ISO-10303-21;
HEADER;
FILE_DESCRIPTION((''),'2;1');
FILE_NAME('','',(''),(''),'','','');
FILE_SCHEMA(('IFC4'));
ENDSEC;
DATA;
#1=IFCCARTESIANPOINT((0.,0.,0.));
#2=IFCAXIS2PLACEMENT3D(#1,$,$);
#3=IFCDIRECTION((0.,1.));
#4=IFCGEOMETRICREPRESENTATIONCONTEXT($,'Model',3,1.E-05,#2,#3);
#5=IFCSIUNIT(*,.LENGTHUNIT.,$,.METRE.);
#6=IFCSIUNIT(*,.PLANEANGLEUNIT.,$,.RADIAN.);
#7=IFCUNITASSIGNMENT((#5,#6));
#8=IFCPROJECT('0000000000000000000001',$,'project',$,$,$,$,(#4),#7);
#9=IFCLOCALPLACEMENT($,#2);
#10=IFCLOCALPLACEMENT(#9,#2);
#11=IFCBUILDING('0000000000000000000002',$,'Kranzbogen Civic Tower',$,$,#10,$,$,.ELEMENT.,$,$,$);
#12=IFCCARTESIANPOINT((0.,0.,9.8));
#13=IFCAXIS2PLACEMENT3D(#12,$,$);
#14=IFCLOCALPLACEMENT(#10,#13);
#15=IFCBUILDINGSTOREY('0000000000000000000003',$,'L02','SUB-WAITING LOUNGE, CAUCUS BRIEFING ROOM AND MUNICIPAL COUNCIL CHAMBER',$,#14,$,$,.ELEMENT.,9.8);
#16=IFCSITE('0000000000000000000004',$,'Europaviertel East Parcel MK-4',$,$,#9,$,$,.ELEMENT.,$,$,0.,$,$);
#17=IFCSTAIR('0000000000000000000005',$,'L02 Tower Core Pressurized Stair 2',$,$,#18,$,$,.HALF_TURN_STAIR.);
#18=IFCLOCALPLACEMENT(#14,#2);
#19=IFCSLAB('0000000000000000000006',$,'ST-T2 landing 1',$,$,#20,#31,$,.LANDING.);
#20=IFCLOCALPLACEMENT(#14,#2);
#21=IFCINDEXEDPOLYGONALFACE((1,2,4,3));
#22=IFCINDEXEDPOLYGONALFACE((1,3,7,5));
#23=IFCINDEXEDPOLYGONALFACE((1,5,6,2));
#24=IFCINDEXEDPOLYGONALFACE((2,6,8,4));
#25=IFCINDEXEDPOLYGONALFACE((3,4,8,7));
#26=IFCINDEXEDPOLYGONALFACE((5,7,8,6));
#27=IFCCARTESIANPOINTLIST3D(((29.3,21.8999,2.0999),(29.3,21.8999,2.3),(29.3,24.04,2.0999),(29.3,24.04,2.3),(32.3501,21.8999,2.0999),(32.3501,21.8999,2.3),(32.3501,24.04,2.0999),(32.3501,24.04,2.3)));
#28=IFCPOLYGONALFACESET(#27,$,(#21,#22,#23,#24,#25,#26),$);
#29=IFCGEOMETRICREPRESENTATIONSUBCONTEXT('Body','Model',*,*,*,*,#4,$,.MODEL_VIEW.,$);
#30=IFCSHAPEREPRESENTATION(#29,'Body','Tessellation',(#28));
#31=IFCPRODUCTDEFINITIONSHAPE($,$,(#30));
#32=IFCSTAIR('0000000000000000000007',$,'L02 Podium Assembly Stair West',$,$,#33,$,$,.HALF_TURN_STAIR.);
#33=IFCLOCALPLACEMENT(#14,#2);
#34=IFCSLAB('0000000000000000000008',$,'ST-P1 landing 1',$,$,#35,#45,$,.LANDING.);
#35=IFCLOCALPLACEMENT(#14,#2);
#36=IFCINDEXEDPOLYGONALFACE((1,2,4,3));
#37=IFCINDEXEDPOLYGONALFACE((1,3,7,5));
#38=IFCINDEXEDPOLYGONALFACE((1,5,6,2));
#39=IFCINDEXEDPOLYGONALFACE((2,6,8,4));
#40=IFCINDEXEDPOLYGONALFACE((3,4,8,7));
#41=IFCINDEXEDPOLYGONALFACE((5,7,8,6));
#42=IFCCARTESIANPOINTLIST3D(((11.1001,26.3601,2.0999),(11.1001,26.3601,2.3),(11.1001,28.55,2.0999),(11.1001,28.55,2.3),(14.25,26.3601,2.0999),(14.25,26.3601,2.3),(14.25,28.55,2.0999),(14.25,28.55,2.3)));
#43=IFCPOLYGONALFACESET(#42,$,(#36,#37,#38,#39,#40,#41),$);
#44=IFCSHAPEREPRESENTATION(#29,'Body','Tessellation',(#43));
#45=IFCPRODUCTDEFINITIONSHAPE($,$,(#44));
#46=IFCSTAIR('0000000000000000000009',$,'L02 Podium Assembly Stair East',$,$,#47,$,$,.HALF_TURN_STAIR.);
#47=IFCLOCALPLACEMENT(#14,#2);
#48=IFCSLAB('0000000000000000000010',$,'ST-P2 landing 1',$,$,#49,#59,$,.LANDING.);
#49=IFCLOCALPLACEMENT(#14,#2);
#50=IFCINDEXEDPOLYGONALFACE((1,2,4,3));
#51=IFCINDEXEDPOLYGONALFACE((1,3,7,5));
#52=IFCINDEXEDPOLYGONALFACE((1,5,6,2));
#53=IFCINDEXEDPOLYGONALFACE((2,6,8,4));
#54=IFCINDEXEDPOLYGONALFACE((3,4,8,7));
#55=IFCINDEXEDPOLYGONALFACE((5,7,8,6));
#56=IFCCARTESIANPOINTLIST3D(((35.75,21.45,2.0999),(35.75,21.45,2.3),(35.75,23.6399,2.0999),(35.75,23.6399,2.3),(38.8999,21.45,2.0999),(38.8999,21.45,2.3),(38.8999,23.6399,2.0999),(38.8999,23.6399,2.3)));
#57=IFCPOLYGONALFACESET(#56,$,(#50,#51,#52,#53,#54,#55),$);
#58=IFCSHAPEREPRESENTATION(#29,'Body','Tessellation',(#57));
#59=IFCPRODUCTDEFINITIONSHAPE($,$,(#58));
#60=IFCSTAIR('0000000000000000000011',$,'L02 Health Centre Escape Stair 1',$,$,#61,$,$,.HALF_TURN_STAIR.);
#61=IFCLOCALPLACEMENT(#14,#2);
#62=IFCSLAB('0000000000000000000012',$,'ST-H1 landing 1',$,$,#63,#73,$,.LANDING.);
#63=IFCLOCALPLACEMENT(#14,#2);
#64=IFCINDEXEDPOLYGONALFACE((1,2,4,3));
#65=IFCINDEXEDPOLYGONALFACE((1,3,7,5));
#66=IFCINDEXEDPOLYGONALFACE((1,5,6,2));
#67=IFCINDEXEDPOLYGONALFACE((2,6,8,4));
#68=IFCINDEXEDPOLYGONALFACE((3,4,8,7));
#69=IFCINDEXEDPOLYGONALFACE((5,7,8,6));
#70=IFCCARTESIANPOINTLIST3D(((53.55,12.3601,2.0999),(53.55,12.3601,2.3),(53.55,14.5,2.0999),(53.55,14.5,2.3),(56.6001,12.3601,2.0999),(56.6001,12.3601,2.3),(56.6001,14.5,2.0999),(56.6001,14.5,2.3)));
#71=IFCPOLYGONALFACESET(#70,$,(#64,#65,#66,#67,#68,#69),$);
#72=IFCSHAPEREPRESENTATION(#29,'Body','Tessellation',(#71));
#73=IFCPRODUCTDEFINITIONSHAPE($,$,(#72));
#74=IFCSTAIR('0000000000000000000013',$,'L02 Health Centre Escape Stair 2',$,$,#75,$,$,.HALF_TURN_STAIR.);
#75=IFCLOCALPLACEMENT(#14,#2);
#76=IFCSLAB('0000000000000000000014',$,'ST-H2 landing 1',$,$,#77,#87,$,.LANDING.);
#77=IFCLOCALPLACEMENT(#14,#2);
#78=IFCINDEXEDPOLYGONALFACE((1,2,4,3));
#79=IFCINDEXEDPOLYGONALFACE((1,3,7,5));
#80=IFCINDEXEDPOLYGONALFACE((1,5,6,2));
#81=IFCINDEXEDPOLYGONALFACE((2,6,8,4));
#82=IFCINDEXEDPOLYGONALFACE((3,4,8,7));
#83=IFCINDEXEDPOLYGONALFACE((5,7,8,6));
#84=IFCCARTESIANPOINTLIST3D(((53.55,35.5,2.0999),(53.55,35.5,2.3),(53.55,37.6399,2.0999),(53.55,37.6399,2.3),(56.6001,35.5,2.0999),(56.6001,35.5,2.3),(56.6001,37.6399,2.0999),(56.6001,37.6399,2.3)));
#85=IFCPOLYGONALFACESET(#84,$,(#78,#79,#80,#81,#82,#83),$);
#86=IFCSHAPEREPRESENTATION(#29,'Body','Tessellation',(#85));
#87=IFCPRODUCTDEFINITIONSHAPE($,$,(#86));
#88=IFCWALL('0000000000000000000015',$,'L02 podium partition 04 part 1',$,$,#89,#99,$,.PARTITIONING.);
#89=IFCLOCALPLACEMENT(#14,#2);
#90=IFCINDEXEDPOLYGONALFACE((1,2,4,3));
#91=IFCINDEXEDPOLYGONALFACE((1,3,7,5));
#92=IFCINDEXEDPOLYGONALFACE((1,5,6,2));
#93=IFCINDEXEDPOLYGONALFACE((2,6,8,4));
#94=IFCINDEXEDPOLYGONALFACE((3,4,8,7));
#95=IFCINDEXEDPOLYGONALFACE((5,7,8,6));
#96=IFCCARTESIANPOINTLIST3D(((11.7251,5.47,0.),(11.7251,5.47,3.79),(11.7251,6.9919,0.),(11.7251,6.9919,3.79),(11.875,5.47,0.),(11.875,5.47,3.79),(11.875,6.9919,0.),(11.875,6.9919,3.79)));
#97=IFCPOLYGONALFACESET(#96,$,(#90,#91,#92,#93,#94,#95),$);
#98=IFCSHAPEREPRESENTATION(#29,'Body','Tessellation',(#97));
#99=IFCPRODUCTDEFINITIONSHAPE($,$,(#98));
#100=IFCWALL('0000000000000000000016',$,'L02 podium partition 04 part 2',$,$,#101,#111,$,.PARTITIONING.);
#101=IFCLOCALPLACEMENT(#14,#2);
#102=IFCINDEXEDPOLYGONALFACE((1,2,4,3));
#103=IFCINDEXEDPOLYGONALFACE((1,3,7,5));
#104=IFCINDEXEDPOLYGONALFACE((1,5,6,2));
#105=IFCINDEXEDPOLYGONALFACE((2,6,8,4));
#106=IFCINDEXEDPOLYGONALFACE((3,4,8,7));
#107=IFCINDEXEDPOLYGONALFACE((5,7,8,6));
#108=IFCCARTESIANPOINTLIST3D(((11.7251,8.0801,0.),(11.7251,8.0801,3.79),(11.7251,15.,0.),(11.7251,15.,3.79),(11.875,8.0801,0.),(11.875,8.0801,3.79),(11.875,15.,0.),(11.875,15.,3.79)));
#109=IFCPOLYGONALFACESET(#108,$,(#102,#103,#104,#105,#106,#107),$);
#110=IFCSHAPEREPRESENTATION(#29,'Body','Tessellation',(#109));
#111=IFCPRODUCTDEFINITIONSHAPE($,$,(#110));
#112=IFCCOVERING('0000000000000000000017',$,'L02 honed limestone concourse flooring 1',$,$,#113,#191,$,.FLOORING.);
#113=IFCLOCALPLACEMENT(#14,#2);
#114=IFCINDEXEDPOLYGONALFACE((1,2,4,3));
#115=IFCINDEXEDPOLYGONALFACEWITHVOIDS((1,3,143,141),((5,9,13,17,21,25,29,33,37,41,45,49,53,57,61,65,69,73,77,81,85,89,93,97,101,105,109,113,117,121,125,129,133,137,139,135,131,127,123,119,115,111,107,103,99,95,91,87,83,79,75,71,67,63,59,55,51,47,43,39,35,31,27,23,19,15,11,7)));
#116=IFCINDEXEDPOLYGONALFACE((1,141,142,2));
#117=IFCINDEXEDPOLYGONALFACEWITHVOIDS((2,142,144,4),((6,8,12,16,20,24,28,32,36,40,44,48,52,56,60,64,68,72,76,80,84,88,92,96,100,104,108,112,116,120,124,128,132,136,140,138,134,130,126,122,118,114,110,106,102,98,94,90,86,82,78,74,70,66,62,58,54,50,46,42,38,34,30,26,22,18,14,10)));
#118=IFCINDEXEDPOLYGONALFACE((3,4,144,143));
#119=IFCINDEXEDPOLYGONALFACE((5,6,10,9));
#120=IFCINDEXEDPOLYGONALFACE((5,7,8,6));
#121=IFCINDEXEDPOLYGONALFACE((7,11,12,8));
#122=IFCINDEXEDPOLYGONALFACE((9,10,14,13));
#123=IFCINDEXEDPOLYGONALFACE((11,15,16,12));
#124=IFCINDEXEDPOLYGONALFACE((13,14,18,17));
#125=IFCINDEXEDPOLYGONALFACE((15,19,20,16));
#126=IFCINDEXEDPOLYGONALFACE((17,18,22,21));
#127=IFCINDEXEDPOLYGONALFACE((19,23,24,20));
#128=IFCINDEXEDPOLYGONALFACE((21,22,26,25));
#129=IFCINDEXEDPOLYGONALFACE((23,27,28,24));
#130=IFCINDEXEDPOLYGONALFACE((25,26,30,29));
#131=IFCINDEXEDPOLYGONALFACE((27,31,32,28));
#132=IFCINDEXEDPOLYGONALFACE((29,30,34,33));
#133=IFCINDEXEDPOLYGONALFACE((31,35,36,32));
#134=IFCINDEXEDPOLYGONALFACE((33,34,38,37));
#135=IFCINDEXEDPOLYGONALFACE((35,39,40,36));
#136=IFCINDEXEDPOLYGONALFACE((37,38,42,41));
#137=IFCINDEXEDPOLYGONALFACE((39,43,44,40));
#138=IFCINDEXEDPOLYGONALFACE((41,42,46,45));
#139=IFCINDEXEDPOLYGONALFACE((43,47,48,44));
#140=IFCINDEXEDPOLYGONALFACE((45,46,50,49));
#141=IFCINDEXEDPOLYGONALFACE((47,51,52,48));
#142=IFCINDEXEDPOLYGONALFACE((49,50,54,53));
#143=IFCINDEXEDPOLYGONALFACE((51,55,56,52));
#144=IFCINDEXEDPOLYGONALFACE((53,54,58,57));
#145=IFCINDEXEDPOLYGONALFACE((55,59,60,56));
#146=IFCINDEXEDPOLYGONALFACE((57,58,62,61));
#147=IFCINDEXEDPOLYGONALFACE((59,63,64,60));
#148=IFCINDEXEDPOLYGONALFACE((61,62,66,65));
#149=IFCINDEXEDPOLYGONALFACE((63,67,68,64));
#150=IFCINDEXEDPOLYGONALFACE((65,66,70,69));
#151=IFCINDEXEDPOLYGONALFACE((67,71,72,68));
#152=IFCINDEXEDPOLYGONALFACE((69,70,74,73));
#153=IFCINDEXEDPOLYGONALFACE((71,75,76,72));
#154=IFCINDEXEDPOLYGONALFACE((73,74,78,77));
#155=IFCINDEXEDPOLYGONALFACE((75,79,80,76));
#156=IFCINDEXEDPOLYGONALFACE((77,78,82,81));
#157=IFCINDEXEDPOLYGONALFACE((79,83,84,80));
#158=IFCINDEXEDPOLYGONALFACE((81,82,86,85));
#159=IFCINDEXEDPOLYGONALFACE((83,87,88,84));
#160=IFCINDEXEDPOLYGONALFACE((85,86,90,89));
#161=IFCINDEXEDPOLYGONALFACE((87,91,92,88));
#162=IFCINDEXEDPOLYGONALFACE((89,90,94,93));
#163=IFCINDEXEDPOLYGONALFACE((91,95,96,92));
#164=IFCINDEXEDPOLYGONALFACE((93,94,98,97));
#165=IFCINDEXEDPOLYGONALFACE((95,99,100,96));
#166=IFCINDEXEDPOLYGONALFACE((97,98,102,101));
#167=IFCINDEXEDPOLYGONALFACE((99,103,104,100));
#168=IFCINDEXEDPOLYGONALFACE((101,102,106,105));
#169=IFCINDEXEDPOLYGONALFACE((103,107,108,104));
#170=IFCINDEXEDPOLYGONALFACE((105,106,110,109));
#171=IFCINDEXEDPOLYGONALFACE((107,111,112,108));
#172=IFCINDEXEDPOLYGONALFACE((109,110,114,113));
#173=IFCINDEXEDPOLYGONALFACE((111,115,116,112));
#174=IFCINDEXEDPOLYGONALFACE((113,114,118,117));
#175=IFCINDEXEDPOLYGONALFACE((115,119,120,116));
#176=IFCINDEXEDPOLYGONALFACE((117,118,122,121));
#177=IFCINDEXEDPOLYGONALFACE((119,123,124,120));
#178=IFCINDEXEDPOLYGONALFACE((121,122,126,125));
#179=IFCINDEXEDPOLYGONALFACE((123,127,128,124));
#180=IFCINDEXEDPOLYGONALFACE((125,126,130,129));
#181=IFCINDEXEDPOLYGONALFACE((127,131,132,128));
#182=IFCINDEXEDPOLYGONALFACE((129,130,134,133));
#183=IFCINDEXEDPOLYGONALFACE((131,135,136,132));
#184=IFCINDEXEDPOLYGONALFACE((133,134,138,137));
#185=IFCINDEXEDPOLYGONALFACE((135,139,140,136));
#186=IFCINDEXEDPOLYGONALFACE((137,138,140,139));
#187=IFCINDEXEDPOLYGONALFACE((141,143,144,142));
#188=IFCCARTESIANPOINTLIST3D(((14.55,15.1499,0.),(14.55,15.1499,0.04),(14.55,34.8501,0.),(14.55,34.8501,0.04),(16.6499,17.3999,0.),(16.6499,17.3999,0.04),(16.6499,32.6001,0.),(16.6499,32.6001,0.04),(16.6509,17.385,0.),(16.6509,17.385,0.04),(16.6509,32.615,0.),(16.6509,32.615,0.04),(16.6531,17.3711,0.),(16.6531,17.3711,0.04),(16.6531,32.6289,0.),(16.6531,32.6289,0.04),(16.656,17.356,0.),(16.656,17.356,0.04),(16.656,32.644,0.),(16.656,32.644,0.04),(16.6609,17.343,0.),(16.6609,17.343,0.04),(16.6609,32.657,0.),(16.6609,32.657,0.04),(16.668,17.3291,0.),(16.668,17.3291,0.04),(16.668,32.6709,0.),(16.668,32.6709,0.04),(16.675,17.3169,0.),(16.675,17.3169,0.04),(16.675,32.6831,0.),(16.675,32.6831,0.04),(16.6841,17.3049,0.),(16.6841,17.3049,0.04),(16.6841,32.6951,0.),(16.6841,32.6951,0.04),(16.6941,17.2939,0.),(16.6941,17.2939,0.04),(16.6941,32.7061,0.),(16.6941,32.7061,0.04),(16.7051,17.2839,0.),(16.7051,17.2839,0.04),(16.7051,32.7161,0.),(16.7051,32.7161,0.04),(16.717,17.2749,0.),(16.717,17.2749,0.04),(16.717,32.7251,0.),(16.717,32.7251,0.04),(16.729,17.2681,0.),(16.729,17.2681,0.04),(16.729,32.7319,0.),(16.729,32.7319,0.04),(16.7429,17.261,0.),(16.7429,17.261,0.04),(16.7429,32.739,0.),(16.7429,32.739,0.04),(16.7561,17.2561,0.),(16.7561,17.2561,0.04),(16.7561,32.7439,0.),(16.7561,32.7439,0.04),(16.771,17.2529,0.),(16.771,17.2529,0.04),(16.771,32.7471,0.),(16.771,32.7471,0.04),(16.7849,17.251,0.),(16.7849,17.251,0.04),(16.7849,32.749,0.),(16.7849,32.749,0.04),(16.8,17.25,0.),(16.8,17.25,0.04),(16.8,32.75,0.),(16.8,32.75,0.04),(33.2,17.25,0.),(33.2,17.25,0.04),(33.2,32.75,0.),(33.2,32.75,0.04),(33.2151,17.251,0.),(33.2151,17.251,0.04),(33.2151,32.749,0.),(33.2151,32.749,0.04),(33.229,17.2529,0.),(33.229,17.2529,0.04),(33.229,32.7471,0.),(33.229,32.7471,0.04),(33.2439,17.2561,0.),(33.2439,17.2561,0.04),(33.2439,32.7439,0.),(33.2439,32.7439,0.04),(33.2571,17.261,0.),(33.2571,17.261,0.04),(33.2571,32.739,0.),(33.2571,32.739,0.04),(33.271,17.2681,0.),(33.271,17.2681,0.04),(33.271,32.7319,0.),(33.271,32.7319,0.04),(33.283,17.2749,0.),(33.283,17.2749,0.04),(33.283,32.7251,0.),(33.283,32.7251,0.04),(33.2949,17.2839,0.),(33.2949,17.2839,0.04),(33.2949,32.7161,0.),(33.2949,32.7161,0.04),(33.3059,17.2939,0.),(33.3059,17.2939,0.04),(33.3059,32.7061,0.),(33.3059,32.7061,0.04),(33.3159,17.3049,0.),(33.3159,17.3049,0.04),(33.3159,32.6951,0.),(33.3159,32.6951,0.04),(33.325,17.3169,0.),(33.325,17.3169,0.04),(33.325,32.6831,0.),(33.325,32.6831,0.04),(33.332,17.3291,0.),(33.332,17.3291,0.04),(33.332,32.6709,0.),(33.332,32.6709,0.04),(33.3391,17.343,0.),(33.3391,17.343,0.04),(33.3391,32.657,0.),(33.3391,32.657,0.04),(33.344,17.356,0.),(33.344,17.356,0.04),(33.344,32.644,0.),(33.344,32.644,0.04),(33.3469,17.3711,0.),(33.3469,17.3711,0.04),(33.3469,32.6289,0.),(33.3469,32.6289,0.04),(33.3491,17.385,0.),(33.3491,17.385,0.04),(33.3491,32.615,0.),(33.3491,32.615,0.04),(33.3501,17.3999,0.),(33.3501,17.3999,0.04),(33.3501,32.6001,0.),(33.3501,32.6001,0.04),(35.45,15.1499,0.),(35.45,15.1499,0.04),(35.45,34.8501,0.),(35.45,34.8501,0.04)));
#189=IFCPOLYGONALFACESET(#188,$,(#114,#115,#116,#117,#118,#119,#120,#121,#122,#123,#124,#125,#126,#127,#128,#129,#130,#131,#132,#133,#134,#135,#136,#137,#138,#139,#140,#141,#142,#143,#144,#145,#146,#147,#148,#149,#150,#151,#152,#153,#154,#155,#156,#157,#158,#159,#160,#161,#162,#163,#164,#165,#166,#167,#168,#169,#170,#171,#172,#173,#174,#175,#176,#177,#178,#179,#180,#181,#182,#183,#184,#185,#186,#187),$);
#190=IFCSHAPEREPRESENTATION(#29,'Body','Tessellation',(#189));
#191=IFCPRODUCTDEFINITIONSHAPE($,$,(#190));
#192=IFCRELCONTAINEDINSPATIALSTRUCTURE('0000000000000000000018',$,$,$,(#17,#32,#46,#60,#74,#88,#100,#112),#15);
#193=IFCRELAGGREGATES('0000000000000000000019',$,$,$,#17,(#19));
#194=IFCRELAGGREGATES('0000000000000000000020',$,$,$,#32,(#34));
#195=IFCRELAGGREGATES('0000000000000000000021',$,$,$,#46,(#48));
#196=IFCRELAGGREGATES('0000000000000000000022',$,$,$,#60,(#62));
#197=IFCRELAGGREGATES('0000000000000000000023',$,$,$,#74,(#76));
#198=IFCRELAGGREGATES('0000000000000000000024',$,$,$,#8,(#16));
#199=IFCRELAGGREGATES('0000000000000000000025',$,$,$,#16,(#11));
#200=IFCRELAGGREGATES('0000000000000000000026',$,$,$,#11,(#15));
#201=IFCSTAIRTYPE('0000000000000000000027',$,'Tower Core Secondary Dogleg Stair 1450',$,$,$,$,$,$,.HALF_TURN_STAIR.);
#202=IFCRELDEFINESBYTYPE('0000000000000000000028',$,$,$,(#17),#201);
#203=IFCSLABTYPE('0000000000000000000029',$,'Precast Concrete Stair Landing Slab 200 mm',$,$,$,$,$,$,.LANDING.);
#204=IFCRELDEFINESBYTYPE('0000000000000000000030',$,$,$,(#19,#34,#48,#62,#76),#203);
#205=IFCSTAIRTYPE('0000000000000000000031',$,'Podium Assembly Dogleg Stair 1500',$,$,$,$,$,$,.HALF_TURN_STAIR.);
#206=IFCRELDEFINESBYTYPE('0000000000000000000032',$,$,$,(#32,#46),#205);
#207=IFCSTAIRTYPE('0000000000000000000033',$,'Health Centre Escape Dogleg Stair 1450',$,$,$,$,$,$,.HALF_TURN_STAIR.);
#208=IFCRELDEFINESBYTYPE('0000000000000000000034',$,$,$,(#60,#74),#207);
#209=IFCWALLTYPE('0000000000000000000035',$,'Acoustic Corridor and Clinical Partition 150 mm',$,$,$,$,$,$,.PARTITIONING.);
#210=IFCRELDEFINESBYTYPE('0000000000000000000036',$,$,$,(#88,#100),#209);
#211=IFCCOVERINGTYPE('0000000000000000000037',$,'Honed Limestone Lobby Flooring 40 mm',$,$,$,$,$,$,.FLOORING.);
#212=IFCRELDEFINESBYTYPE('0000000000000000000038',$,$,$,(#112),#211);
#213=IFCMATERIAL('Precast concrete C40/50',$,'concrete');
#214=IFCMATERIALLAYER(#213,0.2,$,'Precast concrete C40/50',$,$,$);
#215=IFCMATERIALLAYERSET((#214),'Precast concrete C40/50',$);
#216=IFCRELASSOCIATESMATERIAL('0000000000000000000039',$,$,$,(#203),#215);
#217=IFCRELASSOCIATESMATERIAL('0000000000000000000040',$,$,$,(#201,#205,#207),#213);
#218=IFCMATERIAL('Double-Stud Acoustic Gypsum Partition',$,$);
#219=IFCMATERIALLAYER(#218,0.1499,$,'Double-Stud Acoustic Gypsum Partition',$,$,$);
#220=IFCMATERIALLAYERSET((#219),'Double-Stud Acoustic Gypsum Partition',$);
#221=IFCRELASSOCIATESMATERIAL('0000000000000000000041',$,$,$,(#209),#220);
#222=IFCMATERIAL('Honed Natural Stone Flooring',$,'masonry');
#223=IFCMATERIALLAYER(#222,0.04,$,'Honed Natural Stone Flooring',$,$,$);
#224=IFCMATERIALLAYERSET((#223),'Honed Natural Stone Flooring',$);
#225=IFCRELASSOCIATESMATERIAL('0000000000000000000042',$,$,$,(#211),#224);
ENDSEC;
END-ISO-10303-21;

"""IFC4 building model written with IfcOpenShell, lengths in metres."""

from ifc_helpers import new_model, si_unit, direction, frame, frame_2d, origin, place, context, subcontext, project, spatial, polyline, rectangle, outline, extrude, material, layer, layer_set, type_object, element, aggregate, save


model = new_model("IFC4")

# Units and contexts
model_context = context("Model", 3, precision=1e-05, world=origin(), true_north=direction((0.0, 1.0)))
body_context = subcontext(model_context, "Body", "Model", "MODEL_VIEW")
ifc_project = project(units=[si_unit("LENGTHUNIT", "METRE"), si_unit("PLANEANGLEUNIT", "RADIAN")], contexts=[model_context])

# Site, building, storey
site_placement = place(None, origin())
site = spatial("IfcSite", under=ifc_project, at=site_placement, Name="Europaviertel East Parcel MK-4", CompositionType="ELEMENT", RefElevation=0.0)
building_placement = place(site_placement, origin())
building = spatial("IfcBuilding", under=site, at=building_placement, Name="Kranzbogen Civic Tower", CompositionType="ELEMENT")
storey_placement = place(building_placement, frame((0.0, 0.0, 9.8)))
storey = spatial("IfcBuildingStorey", under=building, at=storey_placement, Name="L02", Description="SUB-WAITING LOUNGE, CAUCUS BRIEFING ROOM AND MUNICIPAL COUNCIL CHAMBER", CompositionType="ELEMENT", Elevation=9.8)

# Stairs, slabs
ifc_material_1 = material(Name="Precast concrete C40/50", Category="concrete")
ifc_layer_1 = layer(ifc_material_1, 0.2, Name="Precast concrete C40/50")
ifc_layer_set_1 = layer_set([ifc_layer_1], Name="Precast concrete C40/50")
slab_type_1 = type_object("IfcSlabType", Name="Precast Concrete Stair Landing Slab 200 mm", PredefinedType="LANDING", material=ifc_layer_set_1)
stair_type_1 = type_object("IfcStairType", Name="Tower Core Secondary Dogleg Stair 1450", PredefinedType="HALF_TURN_STAIR", material=ifc_material_1)
stair_1_placement = place(storey_placement, origin())
stair_1 = element("IfcStair", 1, at=stair_1_placement, inside=storey, type_object=stair_type_1, Name="L02 Tower Core Pressurized Stair 2", PredefinedType="HALF_TURN_STAIR")
slab_1_placement = place(storey_placement, frame((0.0, 0.0, 2.0999)))
slab_1 = element("IfcSlab", 2, at=slab_1_placement, type_object=slab_type_1, Name="ST-T2 landing 1", PredefinedType="LANDING", context=body_context, shape_type="SweptSolid", body=[
    extrude(outline(polyline([(29.3, 24.04), (29.3, 21.8999), (32.3501, 21.8999), (32.3501, 24.04), (29.3, 24.04)])), origin(), (0.0, 0.0, 1.0), 0.2002),
])
aggregate(stair_1, [slab_1])
stair_type_2 = type_object("IfcStairType", Name="Podium Assembly Dogleg Stair 1500", PredefinedType="HALF_TURN_STAIR", material=ifc_material_1)
stair_2_placement = place(storey_placement, origin())
stair_2 = element("IfcStair", 3, at=stair_2_placement, inside=storey, type_object=stair_type_2, Name="L02 Podium Assembly Stair West", PredefinedType="HALF_TURN_STAIR")
slab_2_placement = place(storey_placement, frame((0.0, 0.0, 2.0999)))
slab_2 = element("IfcSlab", 4, at=slab_2_placement, type_object=slab_type_1, Name="ST-P1 landing 1", PredefinedType="LANDING", context=body_context, shape_type="SweptSolid", body=[
    extrude(outline(polyline([(14.25, 26.3601), (14.25, 28.55), (11.1001, 28.55), (11.1001, 26.3601), (14.25, 26.3601)])), origin(), (0.0, 0.0, 1.0), 0.2002),
])
aggregate(stair_2, [slab_2])
stair_3_placement = place(storey_placement, origin())
stair_3 = element("IfcStair", 5, at=stair_3_placement, inside=storey, type_object=stair_type_2, Name="L02 Podium Assembly Stair East", PredefinedType="HALF_TURN_STAIR")
slab_3_placement = place(storey_placement, frame((0.0, 0.0, 2.0999)))
slab_3 = element("IfcSlab", 6, at=slab_3_placement, type_object=slab_type_1, Name="ST-P2 landing 1", PredefinedType="LANDING", context=body_context, shape_type="SweptSolid", body=[
    extrude(outline(polyline([(35.75, 23.6399), (35.75, 21.45), (38.8999, 21.45), (38.8999, 23.6399), (35.75, 23.6399)])), origin(), (0.0, 0.0, 1.0), 0.2002),
])
aggregate(stair_3, [slab_3])
stair_type_3 = type_object("IfcStairType", Name="Health Centre Escape Dogleg Stair 1450", PredefinedType="HALF_TURN_STAIR", material=ifc_material_1)
stair_4_placement = place(storey_placement, origin())
stair_4 = element("IfcStair", 7, at=stair_4_placement, inside=storey, type_object=stair_type_3, Name="L02 Health Centre Escape Stair 1", PredefinedType="HALF_TURN_STAIR")
slab_4_placement = place(storey_placement, frame((0.0, 0.0, 2.0999)))
slab_4 = element("IfcSlab", 8, at=slab_4_placement, type_object=slab_type_1, Name="ST-H1 landing 1", PredefinedType="LANDING", context=body_context, shape_type="SweptSolid", body=[
    extrude(outline(polyline([(56.6001, 12.3601), (56.6001, 14.5), (53.55, 14.5), (53.55, 12.3601), (56.6001, 12.3601)])), origin(), (0.0, 0.0, 1.0), 0.2002),
])
aggregate(stair_4, [slab_4])
stair_5_placement = place(storey_placement, origin())
stair_5 = element("IfcStair", 9, at=stair_5_placement, inside=storey, type_object=stair_type_3, Name="L02 Health Centre Escape Stair 2", PredefinedType="HALF_TURN_STAIR")
slab_5_placement = place(storey_placement, frame((0.0, 0.0, 2.0999)))
slab_5 = element("IfcSlab", 10, at=slab_5_placement, type_object=slab_type_1, Name="ST-H2 landing 1", PredefinedType="LANDING", context=body_context, shape_type="SweptSolid", body=[
    extrude(outline(polyline([(53.55, 37.6399), (53.55, 35.5), (56.6001, 35.5), (56.6001, 37.6399), (53.55, 37.6399)])), origin(), (0.0, 0.0, 1.0), 0.2002),
])
aggregate(stair_5, [slab_5])

# Walls
ifc_material_2 = material(Name="Double-Stud Acoustic Gypsum Partition")
ifc_layer_2 = layer(ifc_material_2, 0.1499, Name="Double-Stud Acoustic Gypsum Partition")
ifc_layer_set_2 = layer_set([ifc_layer_2], Name="Double-Stud Acoustic Gypsum Partition")
wall_type = type_object("IfcWallType", Name="Acoustic Corridor and Clinical Partition 150 mm", PredefinedType="PARTITIONING", material=ifc_layer_set_2)
wall_1_placement = place(storey_placement, frame((11.8, 5.47, 0.0), z_axis=(0.0, 0.0, 1.0), x_axis=(0.0, 1.0, 0.0)))
element("IfcWall", 11, at=wall_1_placement, inside=storey, type_object=wall_type, Name="L02 podium partition 04 part 1", PredefinedType="PARTITIONING", context=body_context, shape_type="SweptSolid", body=[
    extrude(rectangle(XDim=1.522, YDim=0.1499, at=frame_2d((0.761, 0.0))), origin(), (0.0, 0.0, 1.0), 3.79),
])
wall_2_placement = place(storey_placement, frame((11.8, 8.0801, 0.0), z_axis=(0.0, 0.0, 1.0), x_axis=(0.0, 1.0, 0.0)))
element("IfcWall", 12, at=wall_2_placement, inside=storey, type_object=wall_type, Name="L02 podium partition 04 part 2", PredefinedType="PARTITIONING", context=body_context, shape_type="SweptSolid", body=[
    extrude(rectangle(XDim=6.9199, YDim=0.1499, at=frame_2d((3.46, 0.0))), origin(), (0.0, 0.0, 1.0), 3.79),
])

# Covering
ifc_material_3 = material(Name="Honed Natural Stone Flooring", Category="masonry")
ifc_layer_3 = layer(ifc_material_3, 0.04, Name="Honed Natural Stone Flooring")
ifc_layer_set_3 = layer_set([ifc_layer_3], Name="Honed Natural Stone Flooring")
covering_type_1 = type_object("IfcCoveringType", Name="Honed Limestone Lobby Flooring 40 mm", PredefinedType="FLOORING", material=ifc_layer_set_3)
covering_1_placement = place(storey_placement, origin())
element("IfcCovering", 13, at=covering_1_placement, inside=storey, type_object=covering_type_1, Name="L02 honed limestone concourse flooring 1", PredefinedType="FLOORING", context=body_context, shape_type="SweptSolid", body=[
    extrude(outline(polyline([(14.55, 15.1499), (14.55, 34.8501), (35.45, 34.8501), (35.45, 15.1499), (14.55, 15.1499)]), holes=[polyline([(33.3501, 17.3999), (33.3491, 17.385), (33.3469, 17.3711), (33.344, 17.356), (33.3391, 17.343), (33.332, 17.3291), (33.325, 17.3169), (33.3159, 17.3049), (33.3059, 17.2939), (33.2949, 17.2839), (33.283, 17.2749), (33.271, 17.2681), (33.2571, 17.261), (33.2439, 17.2561), (33.229, 17.2529), (33.2151, 17.251), (33.2, 17.25), (16.8, 17.25), (16.7849, 17.251), (16.771, 17.2529), (16.7561, 17.2561), (16.7429, 17.261), (16.729, 17.2681), (16.717, 17.2749), (16.7051, 17.2839), (16.6941, 17.2939), (16.6841, 17.3049), (16.675, 17.3169), (16.668, 17.3291), (16.6609, 17.343), (16.656, 17.356), (16.6531, 17.3711), (16.6509, 17.385), (16.6499, 17.3999), (16.6499, 32.6001), (16.6509, 32.615), (16.6531, 32.6289), (16.656, 32.644), (16.6609, 32.657), (16.668, 32.6709), (16.675, 32.6831), (16.6841, 32.6951), (16.6941, 32.7061), (16.7051, 32.7161), (16.717, 32.7251), (16.729, 32.7319), (16.7429, 32.739), (16.7561, 32.7439), (16.771, 32.7471), (16.7849, 32.749), (16.8, 32.75), (33.2, 32.75), (33.2151, 32.749), (33.229, 32.7471), (33.2439, 32.7439), (33.2571, 32.739), (33.271, 32.7319), (33.283, 32.7251), (33.2949, 32.7161), (33.3059, 32.7061), (33.3159, 32.6951), (33.325, 32.6831), (33.332, 32.6709), (33.3391, 32.657), (33.344, 32.644), (33.3469, 32.6289), (33.3491, 32.615), (33.3501, 32.6001), (33.3501, 17.3999)])]), origin(), (0.0, 0.0, 1.0), 0.04),
])

save(model, "model.ifc")
